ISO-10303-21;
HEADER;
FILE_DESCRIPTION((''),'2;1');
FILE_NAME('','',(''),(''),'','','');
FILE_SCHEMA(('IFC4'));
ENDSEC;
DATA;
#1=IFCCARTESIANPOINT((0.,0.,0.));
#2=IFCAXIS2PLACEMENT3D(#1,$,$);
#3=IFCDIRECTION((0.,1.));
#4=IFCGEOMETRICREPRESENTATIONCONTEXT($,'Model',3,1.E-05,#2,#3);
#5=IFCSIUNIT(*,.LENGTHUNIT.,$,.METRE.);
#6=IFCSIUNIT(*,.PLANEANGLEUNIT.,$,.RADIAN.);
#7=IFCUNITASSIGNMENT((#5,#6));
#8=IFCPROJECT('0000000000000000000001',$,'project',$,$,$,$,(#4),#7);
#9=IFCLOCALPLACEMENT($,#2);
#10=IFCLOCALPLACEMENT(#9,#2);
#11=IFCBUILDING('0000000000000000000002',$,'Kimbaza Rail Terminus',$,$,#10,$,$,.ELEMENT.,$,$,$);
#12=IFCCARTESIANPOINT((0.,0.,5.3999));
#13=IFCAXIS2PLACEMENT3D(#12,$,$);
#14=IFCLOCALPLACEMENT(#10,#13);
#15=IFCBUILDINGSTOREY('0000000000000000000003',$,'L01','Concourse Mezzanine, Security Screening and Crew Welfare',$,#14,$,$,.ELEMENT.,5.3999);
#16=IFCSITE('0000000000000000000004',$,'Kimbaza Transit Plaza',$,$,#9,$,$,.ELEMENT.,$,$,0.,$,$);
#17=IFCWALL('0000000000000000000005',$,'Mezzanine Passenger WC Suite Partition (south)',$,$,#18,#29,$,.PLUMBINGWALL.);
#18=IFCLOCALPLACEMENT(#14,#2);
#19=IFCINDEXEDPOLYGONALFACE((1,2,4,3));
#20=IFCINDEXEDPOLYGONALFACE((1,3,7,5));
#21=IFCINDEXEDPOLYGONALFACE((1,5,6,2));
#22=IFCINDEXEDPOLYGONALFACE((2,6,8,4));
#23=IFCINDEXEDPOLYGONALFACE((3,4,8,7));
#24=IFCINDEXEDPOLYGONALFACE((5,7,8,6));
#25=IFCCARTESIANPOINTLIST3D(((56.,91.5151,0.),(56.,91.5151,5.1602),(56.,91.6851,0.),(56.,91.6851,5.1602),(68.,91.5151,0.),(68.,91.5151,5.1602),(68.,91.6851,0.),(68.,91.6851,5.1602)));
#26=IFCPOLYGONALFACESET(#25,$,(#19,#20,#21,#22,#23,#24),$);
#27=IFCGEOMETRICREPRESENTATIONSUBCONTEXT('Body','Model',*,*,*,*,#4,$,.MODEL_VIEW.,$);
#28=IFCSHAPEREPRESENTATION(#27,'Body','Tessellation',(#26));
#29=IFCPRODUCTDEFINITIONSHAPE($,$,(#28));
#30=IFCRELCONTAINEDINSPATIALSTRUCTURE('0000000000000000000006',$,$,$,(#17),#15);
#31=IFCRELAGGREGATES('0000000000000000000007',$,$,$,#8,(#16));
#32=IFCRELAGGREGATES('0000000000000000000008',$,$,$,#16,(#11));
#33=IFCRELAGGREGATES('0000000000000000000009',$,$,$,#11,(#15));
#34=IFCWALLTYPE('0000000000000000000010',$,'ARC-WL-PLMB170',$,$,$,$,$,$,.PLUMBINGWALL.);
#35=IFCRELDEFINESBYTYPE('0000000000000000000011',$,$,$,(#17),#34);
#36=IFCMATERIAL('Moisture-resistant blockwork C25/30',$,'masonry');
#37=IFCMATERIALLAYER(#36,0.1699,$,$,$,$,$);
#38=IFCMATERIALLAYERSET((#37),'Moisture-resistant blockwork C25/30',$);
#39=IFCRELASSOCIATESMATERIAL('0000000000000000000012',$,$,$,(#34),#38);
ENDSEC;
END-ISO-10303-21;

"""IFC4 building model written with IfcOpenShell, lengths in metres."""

from ifc_helpers import new_model, si_unit, direction, frame, frame_2d, origin, place, context, subcontext, project, spatial, rectangle, extrude, material, layer, layer_set, type_object, element, save


model = new_model("IFC4")

# Units and contexts
model_context = context("Model", 3, precision=1e-05, world=origin(), true_north=direction((0.0, 1.0)))
body_context = subcontext(model_context, "Body", "Model", "MODEL_VIEW")
ifc_project = project(units=[si_unit("LENGTHUNIT", "METRE"), si_unit("PLANEANGLEUNIT", "RADIAN")], contexts=[model_context])

# Site, building, storey
site_placement = place(None, origin())
site = spatial("IfcSite", under=ifc_project, at=site_placement, Name="Kimbaza Transit Plaza", CompositionType="ELEMENT", RefElevation=0.0)
building_placement = place(site_placement, origin())
building = spatial("IfcBuilding", under=site, at=building_placement, Name="Kimbaza Rail Terminus", CompositionType="ELEMENT")
storey_placement = place(building_placement, frame((0.0, 0.0, 5.3999)))
storey = spatial("IfcBuildingStorey", under=building, at=storey_placement, Name="L01", Description="Concourse Mezzanine, Security Screening and Crew Welfare", CompositionType="ELEMENT", Elevation=5.3999)

# Wall
ifc_material_1 = material(Name="Moisture-resistant blockwork C25/30", Category="masonry")
ifc_layer_1 = layer(ifc_material_1, 0.1699)
ifc_layer_set_1 = layer_set([ifc_layer_1], Name="Moisture-resistant blockwork C25/30")
wall_type_1 = type_object("IfcWallType", Name="ARC-WL-PLMB170", PredefinedType="PLUMBINGWALL", material=ifc_layer_set_1)
wall_1_placement = place(storey_placement, frame((56.0, 91.6001, 0.0), z_axis=(0.0, 0.0, 1.0), x_axis=(1.0, 0.0, 0.0)))
element("IfcWall", 1, at=wall_1_placement, inside=storey, type_object=wall_type_1, Name="Mezzanine Passenger WC Suite Partition (south)", PredefinedType="PLUMBINGWALL", context=body_context, shape_type="SweptSolid", body=[
    extrude(rectangle(XDim=12.0, YDim=0.1699, at=frame_2d((6.0, 0.0))), origin(), (0.0, 0.0, 1.0), 5.1602),
])

save(model, "model.ifc")
